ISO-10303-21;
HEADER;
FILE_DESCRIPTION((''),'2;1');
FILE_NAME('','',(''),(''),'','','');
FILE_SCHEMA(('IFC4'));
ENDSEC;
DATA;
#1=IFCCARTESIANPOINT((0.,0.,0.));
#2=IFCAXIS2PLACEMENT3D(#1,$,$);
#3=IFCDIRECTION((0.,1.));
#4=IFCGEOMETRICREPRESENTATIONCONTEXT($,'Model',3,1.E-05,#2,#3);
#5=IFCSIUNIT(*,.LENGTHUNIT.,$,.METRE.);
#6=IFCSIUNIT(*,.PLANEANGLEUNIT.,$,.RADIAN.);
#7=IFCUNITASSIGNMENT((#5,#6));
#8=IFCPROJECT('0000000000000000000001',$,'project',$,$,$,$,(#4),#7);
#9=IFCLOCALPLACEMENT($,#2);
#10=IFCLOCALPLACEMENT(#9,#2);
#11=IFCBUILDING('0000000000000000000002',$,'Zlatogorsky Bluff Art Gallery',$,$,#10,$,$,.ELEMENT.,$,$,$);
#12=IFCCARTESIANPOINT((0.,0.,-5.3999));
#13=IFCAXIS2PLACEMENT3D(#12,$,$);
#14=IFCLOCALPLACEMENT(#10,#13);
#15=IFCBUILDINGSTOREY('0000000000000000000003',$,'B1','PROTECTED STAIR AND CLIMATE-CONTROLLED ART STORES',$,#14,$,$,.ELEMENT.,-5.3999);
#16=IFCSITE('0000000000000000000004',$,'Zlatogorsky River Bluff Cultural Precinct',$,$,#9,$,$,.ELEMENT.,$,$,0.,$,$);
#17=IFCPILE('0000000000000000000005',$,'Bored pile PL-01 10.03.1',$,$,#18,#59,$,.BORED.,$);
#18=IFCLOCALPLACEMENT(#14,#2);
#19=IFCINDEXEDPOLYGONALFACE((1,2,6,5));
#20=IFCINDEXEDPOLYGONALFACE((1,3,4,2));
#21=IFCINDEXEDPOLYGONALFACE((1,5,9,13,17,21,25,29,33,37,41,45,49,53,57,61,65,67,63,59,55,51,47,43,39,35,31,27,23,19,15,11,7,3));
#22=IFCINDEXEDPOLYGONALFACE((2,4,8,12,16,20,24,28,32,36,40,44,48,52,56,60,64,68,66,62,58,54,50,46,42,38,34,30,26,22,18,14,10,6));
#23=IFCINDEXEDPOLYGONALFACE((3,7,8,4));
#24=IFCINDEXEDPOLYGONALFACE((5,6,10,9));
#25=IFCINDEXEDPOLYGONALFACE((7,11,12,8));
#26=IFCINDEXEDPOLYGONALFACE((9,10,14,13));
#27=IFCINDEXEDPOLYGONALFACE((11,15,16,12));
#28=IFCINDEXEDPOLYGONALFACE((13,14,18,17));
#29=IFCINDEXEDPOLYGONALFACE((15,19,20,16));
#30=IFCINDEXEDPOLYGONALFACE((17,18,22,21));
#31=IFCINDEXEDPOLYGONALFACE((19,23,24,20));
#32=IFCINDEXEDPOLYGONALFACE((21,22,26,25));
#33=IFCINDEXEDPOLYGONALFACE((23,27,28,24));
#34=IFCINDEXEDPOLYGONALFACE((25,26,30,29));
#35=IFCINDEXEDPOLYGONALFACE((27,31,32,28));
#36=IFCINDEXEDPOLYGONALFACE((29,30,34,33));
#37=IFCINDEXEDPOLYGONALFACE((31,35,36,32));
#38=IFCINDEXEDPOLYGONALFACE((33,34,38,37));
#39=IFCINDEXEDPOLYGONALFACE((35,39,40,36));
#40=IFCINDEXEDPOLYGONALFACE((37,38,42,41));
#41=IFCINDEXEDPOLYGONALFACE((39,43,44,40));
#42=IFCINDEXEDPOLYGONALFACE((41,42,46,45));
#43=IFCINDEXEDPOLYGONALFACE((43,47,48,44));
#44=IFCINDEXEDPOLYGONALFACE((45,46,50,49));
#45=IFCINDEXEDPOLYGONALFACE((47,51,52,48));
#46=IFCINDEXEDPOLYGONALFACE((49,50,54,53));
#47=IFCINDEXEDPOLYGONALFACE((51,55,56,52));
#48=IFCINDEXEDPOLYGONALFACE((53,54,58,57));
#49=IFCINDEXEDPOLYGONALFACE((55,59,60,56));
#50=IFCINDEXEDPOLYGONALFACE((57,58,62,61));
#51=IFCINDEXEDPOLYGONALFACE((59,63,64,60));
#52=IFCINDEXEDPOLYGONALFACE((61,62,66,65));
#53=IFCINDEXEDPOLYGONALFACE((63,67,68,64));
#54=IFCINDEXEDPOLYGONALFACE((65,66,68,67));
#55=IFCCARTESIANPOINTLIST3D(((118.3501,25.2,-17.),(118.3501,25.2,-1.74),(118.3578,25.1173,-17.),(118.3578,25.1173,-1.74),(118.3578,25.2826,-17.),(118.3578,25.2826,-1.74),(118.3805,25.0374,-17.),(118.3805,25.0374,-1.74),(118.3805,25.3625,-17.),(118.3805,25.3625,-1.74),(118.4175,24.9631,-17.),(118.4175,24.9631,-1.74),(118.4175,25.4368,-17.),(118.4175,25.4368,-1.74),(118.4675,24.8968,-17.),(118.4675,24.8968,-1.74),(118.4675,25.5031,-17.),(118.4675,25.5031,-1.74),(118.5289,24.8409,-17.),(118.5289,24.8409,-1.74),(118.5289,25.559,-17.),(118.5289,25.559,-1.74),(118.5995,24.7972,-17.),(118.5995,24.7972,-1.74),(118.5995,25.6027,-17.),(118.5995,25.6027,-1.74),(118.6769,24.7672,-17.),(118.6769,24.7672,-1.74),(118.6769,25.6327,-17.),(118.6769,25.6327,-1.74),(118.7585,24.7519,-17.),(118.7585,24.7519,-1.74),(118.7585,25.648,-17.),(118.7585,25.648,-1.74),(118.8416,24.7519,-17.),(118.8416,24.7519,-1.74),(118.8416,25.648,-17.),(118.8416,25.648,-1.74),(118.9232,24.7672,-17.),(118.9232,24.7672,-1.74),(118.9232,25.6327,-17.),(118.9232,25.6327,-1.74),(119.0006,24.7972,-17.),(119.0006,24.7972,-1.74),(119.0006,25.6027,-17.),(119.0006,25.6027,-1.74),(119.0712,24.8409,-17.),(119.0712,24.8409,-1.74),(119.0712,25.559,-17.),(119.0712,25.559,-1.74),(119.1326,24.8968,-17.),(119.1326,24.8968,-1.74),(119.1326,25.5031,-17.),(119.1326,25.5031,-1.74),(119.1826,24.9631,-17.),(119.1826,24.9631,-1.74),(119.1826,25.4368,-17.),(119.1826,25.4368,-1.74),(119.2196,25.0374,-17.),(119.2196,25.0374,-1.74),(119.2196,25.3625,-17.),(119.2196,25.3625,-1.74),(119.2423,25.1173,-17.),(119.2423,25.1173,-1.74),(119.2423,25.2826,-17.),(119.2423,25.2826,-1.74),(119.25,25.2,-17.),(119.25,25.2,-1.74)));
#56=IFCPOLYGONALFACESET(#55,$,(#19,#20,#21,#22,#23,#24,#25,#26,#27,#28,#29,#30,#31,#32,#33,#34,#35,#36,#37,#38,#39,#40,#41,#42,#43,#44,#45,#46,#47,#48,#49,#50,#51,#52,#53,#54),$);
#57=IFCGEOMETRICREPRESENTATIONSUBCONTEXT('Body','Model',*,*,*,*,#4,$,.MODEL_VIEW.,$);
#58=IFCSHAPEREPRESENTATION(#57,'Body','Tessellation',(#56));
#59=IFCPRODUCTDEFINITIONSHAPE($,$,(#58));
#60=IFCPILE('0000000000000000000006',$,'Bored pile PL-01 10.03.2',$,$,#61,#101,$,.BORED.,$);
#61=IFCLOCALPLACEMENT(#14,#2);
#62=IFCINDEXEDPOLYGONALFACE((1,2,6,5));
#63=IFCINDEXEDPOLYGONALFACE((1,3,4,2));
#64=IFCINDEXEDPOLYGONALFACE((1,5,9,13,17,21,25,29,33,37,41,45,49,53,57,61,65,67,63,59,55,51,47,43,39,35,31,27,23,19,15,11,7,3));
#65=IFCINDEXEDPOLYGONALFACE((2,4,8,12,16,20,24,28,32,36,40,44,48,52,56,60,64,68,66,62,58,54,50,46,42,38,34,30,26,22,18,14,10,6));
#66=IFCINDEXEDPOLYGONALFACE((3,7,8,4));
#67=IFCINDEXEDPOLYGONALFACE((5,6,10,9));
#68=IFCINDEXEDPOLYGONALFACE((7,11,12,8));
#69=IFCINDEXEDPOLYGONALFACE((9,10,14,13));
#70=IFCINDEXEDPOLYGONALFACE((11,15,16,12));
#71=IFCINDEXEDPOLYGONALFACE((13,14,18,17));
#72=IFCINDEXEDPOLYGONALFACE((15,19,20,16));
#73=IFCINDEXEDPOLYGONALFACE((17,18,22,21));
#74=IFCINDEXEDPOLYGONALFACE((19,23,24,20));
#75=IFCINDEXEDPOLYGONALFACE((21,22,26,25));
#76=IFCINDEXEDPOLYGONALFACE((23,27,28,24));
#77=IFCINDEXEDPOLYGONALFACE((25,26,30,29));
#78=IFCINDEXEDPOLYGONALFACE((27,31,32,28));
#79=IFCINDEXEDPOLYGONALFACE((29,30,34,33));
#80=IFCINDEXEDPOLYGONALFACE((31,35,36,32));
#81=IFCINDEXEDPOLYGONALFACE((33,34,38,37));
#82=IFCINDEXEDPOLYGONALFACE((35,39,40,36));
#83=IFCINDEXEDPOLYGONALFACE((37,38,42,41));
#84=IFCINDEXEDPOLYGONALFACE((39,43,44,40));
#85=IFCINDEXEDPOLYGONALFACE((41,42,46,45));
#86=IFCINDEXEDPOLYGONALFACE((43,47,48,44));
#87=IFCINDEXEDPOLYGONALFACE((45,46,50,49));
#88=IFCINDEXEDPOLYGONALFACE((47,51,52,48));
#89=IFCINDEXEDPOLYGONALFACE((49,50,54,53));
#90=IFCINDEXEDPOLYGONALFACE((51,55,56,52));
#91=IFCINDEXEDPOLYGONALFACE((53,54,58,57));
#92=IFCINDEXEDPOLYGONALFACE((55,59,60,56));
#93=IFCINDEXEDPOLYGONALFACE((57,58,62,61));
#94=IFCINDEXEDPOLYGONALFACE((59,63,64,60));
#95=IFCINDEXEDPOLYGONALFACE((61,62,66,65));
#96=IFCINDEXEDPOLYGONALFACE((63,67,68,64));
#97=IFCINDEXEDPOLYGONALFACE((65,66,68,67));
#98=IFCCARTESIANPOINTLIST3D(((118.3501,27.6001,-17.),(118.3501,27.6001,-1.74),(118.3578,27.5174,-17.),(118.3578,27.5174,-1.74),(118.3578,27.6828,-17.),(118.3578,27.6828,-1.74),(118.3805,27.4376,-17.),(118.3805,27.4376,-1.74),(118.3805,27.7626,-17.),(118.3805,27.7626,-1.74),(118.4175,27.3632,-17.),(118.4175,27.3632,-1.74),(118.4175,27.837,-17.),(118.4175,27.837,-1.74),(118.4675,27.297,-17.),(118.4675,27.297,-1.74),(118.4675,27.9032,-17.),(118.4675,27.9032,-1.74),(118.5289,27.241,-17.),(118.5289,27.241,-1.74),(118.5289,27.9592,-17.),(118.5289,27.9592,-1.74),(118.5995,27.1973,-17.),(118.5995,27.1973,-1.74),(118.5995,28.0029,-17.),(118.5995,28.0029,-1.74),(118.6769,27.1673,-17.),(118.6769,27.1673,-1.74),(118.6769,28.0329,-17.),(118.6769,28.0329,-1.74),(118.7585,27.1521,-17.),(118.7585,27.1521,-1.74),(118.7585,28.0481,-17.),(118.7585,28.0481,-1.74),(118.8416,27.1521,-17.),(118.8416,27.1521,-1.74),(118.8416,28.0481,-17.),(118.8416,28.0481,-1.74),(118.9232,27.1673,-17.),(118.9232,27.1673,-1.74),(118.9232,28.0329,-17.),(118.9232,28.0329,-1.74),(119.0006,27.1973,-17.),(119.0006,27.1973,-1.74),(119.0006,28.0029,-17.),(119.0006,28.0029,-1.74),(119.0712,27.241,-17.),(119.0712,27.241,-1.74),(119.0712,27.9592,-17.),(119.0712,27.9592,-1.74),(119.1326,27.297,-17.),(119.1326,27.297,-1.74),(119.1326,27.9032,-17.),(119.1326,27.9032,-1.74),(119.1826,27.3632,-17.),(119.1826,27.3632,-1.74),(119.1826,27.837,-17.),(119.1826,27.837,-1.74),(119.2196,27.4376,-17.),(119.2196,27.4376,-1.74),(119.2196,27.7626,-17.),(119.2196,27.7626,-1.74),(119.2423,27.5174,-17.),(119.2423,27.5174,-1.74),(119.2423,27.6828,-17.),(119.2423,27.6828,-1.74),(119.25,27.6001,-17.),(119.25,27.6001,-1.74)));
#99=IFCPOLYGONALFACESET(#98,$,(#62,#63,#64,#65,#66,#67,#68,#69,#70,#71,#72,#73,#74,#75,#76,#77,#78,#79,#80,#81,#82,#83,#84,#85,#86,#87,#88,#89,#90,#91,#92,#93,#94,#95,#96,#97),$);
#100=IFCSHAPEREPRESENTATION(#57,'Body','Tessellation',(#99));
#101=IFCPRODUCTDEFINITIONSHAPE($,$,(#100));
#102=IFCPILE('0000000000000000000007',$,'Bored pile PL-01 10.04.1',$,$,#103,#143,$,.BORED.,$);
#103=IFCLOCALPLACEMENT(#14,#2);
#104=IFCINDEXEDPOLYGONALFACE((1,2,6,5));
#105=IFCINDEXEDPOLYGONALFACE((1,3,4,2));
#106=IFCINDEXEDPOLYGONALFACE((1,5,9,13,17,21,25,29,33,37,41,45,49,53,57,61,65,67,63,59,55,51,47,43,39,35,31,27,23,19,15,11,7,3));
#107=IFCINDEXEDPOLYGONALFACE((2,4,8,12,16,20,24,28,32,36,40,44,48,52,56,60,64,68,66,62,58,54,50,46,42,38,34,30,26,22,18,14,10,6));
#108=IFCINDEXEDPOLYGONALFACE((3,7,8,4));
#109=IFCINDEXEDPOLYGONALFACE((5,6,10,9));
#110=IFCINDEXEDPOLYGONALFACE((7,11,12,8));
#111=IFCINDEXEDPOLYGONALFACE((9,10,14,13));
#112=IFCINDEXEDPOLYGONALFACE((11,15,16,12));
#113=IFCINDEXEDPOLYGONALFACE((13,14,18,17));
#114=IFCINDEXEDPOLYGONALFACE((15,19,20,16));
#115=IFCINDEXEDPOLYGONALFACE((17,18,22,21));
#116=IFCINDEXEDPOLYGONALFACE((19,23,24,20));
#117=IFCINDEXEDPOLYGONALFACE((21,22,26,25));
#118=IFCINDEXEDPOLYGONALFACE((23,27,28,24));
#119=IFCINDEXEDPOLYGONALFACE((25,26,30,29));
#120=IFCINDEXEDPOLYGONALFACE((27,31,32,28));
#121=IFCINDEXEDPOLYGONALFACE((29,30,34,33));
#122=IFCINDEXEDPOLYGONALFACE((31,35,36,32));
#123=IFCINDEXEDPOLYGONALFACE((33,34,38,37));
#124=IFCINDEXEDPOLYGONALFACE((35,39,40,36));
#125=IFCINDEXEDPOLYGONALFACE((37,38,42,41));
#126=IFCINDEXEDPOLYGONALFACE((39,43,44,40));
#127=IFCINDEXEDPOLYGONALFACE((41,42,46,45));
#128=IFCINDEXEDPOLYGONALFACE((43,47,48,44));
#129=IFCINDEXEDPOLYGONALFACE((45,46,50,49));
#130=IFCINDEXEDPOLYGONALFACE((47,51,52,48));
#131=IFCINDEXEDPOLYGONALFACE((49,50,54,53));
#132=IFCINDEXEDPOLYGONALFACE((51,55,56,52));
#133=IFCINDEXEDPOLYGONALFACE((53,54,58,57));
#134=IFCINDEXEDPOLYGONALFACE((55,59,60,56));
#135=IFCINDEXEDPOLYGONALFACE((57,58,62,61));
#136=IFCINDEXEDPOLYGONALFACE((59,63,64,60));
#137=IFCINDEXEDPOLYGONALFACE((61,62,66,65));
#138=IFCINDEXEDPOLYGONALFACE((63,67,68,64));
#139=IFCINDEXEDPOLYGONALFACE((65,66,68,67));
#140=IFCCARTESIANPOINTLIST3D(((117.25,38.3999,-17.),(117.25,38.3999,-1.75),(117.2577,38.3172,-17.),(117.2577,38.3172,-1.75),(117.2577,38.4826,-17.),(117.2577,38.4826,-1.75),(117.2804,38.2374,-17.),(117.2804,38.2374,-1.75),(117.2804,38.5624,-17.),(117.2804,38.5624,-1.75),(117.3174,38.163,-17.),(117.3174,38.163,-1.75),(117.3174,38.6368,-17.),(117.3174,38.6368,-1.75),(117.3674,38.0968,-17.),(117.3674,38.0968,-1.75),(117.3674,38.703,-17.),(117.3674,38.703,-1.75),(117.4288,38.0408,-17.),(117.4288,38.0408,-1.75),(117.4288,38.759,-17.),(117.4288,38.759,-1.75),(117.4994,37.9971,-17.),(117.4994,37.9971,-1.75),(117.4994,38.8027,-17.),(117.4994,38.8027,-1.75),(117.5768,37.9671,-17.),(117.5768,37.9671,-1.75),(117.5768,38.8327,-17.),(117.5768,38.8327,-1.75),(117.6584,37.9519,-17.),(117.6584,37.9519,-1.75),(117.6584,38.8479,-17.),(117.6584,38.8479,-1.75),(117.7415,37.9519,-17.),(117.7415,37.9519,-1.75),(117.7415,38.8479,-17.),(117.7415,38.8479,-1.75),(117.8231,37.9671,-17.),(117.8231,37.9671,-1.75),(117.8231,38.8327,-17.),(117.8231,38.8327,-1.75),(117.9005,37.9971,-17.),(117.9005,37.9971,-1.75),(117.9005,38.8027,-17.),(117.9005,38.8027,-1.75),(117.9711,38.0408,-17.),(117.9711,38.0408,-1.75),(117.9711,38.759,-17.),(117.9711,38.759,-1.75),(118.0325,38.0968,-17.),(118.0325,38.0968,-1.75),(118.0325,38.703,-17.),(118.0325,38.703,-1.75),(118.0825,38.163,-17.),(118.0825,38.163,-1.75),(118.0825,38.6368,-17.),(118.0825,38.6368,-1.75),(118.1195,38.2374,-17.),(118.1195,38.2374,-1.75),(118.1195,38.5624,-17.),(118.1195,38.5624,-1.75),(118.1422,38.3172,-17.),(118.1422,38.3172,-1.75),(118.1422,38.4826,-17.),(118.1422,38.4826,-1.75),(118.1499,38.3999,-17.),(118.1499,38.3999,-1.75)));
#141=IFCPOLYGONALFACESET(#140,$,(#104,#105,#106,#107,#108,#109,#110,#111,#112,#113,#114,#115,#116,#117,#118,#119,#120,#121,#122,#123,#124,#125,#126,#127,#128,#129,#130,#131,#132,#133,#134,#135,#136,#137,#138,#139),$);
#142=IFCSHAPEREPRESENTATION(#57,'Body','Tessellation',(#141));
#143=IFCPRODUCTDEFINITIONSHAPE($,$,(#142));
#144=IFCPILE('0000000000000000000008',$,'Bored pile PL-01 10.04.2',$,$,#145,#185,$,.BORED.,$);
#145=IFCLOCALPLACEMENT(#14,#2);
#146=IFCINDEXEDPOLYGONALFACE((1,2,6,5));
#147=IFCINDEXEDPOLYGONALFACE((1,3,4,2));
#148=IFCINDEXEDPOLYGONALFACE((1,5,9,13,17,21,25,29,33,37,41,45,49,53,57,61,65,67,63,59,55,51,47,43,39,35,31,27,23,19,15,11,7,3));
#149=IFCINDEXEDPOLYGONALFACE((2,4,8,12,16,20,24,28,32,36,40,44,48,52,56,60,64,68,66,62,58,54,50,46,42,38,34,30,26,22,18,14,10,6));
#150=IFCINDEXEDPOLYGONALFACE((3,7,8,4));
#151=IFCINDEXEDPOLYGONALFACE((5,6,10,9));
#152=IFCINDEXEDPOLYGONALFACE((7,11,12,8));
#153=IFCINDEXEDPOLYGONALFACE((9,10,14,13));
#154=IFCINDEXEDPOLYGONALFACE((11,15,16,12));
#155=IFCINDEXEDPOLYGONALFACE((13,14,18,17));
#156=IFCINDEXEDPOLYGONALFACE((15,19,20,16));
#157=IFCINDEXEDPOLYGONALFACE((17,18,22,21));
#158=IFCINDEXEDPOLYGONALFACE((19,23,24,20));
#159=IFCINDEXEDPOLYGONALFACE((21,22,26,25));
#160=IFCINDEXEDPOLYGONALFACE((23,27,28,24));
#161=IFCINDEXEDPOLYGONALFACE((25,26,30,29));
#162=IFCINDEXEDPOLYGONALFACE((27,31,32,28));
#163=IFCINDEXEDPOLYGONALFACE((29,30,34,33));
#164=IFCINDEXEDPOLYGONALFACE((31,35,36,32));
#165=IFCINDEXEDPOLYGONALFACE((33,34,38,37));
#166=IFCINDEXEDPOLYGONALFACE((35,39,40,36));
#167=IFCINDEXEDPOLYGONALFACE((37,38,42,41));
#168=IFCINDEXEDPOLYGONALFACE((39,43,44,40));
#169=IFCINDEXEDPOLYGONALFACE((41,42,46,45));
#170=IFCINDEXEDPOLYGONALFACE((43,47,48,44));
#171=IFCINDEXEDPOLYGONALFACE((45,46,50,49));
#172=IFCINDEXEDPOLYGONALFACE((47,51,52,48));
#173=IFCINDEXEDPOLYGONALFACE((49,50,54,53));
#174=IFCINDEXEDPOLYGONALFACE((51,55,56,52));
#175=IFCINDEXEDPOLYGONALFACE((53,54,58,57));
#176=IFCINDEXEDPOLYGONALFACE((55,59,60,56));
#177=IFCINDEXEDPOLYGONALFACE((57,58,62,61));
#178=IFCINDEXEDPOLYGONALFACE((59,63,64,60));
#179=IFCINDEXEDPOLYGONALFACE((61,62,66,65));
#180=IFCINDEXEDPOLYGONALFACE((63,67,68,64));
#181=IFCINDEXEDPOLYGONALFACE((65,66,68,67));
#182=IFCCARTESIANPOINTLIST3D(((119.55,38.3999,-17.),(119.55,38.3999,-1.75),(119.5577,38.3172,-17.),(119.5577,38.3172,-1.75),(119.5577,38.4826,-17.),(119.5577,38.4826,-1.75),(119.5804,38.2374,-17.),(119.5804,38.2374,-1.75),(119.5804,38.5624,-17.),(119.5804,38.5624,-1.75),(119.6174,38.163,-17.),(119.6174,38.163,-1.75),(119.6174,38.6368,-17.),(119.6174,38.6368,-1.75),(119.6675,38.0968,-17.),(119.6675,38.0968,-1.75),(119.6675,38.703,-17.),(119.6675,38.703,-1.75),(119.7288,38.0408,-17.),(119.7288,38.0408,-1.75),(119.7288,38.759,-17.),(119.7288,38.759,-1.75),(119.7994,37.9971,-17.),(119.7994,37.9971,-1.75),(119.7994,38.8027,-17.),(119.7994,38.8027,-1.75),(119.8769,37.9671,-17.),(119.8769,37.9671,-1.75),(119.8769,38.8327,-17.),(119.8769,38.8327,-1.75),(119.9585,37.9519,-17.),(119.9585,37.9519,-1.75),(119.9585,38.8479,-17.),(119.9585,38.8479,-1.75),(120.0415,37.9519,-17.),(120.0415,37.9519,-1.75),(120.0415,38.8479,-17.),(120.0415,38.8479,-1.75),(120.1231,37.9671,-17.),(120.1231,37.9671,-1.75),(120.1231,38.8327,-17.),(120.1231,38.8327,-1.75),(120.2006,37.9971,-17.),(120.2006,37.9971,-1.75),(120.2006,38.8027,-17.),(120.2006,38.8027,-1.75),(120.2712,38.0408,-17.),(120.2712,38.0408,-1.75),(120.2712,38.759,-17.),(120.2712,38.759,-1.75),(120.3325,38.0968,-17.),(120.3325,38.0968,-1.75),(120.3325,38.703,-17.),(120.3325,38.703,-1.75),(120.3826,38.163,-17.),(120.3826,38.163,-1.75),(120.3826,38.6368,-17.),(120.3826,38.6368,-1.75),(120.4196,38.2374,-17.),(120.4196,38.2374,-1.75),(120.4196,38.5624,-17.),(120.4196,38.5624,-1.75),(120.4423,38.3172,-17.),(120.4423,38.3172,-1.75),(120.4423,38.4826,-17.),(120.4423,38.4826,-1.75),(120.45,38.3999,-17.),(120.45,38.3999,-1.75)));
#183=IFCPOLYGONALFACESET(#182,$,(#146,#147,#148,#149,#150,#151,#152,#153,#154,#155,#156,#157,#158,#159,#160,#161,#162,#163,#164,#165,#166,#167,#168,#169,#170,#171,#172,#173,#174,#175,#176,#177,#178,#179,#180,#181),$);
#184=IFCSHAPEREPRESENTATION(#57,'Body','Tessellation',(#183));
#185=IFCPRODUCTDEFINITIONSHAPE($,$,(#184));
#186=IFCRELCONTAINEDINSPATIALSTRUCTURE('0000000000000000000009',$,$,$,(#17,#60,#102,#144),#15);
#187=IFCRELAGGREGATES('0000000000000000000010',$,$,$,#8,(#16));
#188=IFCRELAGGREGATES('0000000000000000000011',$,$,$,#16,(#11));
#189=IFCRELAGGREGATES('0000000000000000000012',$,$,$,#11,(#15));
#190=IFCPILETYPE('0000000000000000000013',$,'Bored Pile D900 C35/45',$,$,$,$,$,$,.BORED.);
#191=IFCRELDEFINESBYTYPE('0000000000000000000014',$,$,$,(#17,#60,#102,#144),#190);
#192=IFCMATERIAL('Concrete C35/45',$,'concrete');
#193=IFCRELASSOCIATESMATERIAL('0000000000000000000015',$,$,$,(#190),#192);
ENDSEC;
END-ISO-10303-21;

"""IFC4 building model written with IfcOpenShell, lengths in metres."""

from ifc_helpers import new_model, si_unit, direction, frame, origin, origin_2d, place, context, subcontext, project, spatial, circle, extrude, material, material_profile, profile_set, type_object, element, save


model = new_model("IFC4")

# Units and contexts
model_context = context("Model", 3, precision=1e-05, world=origin(), true_north=direction((0.0, 1.0)))
body_context = subcontext(model_context, "Body", "Model", "MODEL_VIEW")
ifc_project = project(units=[si_unit("LENGTHUNIT", "METRE"), si_unit("PLANEANGLEUNIT", "RADIAN")], contexts=[model_context])

# Site, building, storey
site_placement = place(None, origin())
site = spatial("IfcSite", under=ifc_project, at=site_placement, Name="Zlatogorsky River Bluff Cultural Precinct", CompositionType="ELEMENT", RefElevation=0.0)
building_placement = place(site_placement, origin())
building = spatial("IfcBuilding", under=site, at=building_placement, Name="Zlatogorsky Bluff Art Gallery", CompositionType="ELEMENT")
storey_placement = place(building_placement, frame((0.0, 0.0, -5.3999)))
storey = spatial("IfcBuildingStorey", under=building, at=storey_placement, Name="B1", Description="PROTECTED STAIR AND CLIMATE-CONTROLLED ART STORES", CompositionType="ELEMENT", Elevation=-5.3999)

# Piles
ifc_material_1 = material(Name="Concrete C35/45", Category="concrete")
ifc_material_profile_1 = material_profile(ifc_material_1, circle(Radius=0.45, at=origin_2d()), Name="BORED PILE D900")
ifc_profile_set_1 = profile_set([ifc_material_profile_1], Name="Concrete C35/45")
pile_type = type_object("IfcPileType", Name="Bored Pile D900 C35/45", PredefinedType="BORED", material=ifc_profile_set_1)
for number, where, z_axis, x_axis, name in (
    (1, (118.8, 25.2, -1.74), (0.0, 0.0, -1.0), (1.0, 0.0, 0.0), "Bored pile PL-01 10.03.1"),
    (2, (118.8, 27.6001, -1.74), (0.0, 0.0, -1.0), (1.0, 0.0, 0.0), "Bored pile PL-01 10.03.2"),
):
    element("IfcPile", number, at=place(storey_placement, frame(where, z_axis=z_axis, x_axis=x_axis)), inside=storey, type_object=pile_type, Name=name, PredefinedType="BORED", context=body_context, shape_type="SweptSolid", body=[
        extrude(circle(Radius=0.45, at=origin_2d()), origin(), (0.0, 0.0, 1.0), 15.26),
    ])
for number, where, z_axis, x_axis, name in (
    (3, (117.7, 38.3999, -1.75), (0.0, 0.0, -1.0), (1.0, 0.0, 0.0), "Bored pile PL-01 10.04.1"),
    (4, (120.0, 38.3999, -1.75), (0.0, 0.0, -1.0), (1.0, 0.0, 0.0), "Bored pile PL-01 10.04.2"),
):
    element("IfcPile", number, at=place(storey_placement, frame(where, z_axis=z_axis, x_axis=x_axis)), inside=storey, type_object=pile_type, Name=name, PredefinedType="BORED", context=body_context, shape_type="SweptSolid", body=[
        extrude(circle(Radius=0.45, at=origin_2d()), origin(), (0.0, 0.0, 1.0), 15.25),
    ])

save(model, "model.ifc")
